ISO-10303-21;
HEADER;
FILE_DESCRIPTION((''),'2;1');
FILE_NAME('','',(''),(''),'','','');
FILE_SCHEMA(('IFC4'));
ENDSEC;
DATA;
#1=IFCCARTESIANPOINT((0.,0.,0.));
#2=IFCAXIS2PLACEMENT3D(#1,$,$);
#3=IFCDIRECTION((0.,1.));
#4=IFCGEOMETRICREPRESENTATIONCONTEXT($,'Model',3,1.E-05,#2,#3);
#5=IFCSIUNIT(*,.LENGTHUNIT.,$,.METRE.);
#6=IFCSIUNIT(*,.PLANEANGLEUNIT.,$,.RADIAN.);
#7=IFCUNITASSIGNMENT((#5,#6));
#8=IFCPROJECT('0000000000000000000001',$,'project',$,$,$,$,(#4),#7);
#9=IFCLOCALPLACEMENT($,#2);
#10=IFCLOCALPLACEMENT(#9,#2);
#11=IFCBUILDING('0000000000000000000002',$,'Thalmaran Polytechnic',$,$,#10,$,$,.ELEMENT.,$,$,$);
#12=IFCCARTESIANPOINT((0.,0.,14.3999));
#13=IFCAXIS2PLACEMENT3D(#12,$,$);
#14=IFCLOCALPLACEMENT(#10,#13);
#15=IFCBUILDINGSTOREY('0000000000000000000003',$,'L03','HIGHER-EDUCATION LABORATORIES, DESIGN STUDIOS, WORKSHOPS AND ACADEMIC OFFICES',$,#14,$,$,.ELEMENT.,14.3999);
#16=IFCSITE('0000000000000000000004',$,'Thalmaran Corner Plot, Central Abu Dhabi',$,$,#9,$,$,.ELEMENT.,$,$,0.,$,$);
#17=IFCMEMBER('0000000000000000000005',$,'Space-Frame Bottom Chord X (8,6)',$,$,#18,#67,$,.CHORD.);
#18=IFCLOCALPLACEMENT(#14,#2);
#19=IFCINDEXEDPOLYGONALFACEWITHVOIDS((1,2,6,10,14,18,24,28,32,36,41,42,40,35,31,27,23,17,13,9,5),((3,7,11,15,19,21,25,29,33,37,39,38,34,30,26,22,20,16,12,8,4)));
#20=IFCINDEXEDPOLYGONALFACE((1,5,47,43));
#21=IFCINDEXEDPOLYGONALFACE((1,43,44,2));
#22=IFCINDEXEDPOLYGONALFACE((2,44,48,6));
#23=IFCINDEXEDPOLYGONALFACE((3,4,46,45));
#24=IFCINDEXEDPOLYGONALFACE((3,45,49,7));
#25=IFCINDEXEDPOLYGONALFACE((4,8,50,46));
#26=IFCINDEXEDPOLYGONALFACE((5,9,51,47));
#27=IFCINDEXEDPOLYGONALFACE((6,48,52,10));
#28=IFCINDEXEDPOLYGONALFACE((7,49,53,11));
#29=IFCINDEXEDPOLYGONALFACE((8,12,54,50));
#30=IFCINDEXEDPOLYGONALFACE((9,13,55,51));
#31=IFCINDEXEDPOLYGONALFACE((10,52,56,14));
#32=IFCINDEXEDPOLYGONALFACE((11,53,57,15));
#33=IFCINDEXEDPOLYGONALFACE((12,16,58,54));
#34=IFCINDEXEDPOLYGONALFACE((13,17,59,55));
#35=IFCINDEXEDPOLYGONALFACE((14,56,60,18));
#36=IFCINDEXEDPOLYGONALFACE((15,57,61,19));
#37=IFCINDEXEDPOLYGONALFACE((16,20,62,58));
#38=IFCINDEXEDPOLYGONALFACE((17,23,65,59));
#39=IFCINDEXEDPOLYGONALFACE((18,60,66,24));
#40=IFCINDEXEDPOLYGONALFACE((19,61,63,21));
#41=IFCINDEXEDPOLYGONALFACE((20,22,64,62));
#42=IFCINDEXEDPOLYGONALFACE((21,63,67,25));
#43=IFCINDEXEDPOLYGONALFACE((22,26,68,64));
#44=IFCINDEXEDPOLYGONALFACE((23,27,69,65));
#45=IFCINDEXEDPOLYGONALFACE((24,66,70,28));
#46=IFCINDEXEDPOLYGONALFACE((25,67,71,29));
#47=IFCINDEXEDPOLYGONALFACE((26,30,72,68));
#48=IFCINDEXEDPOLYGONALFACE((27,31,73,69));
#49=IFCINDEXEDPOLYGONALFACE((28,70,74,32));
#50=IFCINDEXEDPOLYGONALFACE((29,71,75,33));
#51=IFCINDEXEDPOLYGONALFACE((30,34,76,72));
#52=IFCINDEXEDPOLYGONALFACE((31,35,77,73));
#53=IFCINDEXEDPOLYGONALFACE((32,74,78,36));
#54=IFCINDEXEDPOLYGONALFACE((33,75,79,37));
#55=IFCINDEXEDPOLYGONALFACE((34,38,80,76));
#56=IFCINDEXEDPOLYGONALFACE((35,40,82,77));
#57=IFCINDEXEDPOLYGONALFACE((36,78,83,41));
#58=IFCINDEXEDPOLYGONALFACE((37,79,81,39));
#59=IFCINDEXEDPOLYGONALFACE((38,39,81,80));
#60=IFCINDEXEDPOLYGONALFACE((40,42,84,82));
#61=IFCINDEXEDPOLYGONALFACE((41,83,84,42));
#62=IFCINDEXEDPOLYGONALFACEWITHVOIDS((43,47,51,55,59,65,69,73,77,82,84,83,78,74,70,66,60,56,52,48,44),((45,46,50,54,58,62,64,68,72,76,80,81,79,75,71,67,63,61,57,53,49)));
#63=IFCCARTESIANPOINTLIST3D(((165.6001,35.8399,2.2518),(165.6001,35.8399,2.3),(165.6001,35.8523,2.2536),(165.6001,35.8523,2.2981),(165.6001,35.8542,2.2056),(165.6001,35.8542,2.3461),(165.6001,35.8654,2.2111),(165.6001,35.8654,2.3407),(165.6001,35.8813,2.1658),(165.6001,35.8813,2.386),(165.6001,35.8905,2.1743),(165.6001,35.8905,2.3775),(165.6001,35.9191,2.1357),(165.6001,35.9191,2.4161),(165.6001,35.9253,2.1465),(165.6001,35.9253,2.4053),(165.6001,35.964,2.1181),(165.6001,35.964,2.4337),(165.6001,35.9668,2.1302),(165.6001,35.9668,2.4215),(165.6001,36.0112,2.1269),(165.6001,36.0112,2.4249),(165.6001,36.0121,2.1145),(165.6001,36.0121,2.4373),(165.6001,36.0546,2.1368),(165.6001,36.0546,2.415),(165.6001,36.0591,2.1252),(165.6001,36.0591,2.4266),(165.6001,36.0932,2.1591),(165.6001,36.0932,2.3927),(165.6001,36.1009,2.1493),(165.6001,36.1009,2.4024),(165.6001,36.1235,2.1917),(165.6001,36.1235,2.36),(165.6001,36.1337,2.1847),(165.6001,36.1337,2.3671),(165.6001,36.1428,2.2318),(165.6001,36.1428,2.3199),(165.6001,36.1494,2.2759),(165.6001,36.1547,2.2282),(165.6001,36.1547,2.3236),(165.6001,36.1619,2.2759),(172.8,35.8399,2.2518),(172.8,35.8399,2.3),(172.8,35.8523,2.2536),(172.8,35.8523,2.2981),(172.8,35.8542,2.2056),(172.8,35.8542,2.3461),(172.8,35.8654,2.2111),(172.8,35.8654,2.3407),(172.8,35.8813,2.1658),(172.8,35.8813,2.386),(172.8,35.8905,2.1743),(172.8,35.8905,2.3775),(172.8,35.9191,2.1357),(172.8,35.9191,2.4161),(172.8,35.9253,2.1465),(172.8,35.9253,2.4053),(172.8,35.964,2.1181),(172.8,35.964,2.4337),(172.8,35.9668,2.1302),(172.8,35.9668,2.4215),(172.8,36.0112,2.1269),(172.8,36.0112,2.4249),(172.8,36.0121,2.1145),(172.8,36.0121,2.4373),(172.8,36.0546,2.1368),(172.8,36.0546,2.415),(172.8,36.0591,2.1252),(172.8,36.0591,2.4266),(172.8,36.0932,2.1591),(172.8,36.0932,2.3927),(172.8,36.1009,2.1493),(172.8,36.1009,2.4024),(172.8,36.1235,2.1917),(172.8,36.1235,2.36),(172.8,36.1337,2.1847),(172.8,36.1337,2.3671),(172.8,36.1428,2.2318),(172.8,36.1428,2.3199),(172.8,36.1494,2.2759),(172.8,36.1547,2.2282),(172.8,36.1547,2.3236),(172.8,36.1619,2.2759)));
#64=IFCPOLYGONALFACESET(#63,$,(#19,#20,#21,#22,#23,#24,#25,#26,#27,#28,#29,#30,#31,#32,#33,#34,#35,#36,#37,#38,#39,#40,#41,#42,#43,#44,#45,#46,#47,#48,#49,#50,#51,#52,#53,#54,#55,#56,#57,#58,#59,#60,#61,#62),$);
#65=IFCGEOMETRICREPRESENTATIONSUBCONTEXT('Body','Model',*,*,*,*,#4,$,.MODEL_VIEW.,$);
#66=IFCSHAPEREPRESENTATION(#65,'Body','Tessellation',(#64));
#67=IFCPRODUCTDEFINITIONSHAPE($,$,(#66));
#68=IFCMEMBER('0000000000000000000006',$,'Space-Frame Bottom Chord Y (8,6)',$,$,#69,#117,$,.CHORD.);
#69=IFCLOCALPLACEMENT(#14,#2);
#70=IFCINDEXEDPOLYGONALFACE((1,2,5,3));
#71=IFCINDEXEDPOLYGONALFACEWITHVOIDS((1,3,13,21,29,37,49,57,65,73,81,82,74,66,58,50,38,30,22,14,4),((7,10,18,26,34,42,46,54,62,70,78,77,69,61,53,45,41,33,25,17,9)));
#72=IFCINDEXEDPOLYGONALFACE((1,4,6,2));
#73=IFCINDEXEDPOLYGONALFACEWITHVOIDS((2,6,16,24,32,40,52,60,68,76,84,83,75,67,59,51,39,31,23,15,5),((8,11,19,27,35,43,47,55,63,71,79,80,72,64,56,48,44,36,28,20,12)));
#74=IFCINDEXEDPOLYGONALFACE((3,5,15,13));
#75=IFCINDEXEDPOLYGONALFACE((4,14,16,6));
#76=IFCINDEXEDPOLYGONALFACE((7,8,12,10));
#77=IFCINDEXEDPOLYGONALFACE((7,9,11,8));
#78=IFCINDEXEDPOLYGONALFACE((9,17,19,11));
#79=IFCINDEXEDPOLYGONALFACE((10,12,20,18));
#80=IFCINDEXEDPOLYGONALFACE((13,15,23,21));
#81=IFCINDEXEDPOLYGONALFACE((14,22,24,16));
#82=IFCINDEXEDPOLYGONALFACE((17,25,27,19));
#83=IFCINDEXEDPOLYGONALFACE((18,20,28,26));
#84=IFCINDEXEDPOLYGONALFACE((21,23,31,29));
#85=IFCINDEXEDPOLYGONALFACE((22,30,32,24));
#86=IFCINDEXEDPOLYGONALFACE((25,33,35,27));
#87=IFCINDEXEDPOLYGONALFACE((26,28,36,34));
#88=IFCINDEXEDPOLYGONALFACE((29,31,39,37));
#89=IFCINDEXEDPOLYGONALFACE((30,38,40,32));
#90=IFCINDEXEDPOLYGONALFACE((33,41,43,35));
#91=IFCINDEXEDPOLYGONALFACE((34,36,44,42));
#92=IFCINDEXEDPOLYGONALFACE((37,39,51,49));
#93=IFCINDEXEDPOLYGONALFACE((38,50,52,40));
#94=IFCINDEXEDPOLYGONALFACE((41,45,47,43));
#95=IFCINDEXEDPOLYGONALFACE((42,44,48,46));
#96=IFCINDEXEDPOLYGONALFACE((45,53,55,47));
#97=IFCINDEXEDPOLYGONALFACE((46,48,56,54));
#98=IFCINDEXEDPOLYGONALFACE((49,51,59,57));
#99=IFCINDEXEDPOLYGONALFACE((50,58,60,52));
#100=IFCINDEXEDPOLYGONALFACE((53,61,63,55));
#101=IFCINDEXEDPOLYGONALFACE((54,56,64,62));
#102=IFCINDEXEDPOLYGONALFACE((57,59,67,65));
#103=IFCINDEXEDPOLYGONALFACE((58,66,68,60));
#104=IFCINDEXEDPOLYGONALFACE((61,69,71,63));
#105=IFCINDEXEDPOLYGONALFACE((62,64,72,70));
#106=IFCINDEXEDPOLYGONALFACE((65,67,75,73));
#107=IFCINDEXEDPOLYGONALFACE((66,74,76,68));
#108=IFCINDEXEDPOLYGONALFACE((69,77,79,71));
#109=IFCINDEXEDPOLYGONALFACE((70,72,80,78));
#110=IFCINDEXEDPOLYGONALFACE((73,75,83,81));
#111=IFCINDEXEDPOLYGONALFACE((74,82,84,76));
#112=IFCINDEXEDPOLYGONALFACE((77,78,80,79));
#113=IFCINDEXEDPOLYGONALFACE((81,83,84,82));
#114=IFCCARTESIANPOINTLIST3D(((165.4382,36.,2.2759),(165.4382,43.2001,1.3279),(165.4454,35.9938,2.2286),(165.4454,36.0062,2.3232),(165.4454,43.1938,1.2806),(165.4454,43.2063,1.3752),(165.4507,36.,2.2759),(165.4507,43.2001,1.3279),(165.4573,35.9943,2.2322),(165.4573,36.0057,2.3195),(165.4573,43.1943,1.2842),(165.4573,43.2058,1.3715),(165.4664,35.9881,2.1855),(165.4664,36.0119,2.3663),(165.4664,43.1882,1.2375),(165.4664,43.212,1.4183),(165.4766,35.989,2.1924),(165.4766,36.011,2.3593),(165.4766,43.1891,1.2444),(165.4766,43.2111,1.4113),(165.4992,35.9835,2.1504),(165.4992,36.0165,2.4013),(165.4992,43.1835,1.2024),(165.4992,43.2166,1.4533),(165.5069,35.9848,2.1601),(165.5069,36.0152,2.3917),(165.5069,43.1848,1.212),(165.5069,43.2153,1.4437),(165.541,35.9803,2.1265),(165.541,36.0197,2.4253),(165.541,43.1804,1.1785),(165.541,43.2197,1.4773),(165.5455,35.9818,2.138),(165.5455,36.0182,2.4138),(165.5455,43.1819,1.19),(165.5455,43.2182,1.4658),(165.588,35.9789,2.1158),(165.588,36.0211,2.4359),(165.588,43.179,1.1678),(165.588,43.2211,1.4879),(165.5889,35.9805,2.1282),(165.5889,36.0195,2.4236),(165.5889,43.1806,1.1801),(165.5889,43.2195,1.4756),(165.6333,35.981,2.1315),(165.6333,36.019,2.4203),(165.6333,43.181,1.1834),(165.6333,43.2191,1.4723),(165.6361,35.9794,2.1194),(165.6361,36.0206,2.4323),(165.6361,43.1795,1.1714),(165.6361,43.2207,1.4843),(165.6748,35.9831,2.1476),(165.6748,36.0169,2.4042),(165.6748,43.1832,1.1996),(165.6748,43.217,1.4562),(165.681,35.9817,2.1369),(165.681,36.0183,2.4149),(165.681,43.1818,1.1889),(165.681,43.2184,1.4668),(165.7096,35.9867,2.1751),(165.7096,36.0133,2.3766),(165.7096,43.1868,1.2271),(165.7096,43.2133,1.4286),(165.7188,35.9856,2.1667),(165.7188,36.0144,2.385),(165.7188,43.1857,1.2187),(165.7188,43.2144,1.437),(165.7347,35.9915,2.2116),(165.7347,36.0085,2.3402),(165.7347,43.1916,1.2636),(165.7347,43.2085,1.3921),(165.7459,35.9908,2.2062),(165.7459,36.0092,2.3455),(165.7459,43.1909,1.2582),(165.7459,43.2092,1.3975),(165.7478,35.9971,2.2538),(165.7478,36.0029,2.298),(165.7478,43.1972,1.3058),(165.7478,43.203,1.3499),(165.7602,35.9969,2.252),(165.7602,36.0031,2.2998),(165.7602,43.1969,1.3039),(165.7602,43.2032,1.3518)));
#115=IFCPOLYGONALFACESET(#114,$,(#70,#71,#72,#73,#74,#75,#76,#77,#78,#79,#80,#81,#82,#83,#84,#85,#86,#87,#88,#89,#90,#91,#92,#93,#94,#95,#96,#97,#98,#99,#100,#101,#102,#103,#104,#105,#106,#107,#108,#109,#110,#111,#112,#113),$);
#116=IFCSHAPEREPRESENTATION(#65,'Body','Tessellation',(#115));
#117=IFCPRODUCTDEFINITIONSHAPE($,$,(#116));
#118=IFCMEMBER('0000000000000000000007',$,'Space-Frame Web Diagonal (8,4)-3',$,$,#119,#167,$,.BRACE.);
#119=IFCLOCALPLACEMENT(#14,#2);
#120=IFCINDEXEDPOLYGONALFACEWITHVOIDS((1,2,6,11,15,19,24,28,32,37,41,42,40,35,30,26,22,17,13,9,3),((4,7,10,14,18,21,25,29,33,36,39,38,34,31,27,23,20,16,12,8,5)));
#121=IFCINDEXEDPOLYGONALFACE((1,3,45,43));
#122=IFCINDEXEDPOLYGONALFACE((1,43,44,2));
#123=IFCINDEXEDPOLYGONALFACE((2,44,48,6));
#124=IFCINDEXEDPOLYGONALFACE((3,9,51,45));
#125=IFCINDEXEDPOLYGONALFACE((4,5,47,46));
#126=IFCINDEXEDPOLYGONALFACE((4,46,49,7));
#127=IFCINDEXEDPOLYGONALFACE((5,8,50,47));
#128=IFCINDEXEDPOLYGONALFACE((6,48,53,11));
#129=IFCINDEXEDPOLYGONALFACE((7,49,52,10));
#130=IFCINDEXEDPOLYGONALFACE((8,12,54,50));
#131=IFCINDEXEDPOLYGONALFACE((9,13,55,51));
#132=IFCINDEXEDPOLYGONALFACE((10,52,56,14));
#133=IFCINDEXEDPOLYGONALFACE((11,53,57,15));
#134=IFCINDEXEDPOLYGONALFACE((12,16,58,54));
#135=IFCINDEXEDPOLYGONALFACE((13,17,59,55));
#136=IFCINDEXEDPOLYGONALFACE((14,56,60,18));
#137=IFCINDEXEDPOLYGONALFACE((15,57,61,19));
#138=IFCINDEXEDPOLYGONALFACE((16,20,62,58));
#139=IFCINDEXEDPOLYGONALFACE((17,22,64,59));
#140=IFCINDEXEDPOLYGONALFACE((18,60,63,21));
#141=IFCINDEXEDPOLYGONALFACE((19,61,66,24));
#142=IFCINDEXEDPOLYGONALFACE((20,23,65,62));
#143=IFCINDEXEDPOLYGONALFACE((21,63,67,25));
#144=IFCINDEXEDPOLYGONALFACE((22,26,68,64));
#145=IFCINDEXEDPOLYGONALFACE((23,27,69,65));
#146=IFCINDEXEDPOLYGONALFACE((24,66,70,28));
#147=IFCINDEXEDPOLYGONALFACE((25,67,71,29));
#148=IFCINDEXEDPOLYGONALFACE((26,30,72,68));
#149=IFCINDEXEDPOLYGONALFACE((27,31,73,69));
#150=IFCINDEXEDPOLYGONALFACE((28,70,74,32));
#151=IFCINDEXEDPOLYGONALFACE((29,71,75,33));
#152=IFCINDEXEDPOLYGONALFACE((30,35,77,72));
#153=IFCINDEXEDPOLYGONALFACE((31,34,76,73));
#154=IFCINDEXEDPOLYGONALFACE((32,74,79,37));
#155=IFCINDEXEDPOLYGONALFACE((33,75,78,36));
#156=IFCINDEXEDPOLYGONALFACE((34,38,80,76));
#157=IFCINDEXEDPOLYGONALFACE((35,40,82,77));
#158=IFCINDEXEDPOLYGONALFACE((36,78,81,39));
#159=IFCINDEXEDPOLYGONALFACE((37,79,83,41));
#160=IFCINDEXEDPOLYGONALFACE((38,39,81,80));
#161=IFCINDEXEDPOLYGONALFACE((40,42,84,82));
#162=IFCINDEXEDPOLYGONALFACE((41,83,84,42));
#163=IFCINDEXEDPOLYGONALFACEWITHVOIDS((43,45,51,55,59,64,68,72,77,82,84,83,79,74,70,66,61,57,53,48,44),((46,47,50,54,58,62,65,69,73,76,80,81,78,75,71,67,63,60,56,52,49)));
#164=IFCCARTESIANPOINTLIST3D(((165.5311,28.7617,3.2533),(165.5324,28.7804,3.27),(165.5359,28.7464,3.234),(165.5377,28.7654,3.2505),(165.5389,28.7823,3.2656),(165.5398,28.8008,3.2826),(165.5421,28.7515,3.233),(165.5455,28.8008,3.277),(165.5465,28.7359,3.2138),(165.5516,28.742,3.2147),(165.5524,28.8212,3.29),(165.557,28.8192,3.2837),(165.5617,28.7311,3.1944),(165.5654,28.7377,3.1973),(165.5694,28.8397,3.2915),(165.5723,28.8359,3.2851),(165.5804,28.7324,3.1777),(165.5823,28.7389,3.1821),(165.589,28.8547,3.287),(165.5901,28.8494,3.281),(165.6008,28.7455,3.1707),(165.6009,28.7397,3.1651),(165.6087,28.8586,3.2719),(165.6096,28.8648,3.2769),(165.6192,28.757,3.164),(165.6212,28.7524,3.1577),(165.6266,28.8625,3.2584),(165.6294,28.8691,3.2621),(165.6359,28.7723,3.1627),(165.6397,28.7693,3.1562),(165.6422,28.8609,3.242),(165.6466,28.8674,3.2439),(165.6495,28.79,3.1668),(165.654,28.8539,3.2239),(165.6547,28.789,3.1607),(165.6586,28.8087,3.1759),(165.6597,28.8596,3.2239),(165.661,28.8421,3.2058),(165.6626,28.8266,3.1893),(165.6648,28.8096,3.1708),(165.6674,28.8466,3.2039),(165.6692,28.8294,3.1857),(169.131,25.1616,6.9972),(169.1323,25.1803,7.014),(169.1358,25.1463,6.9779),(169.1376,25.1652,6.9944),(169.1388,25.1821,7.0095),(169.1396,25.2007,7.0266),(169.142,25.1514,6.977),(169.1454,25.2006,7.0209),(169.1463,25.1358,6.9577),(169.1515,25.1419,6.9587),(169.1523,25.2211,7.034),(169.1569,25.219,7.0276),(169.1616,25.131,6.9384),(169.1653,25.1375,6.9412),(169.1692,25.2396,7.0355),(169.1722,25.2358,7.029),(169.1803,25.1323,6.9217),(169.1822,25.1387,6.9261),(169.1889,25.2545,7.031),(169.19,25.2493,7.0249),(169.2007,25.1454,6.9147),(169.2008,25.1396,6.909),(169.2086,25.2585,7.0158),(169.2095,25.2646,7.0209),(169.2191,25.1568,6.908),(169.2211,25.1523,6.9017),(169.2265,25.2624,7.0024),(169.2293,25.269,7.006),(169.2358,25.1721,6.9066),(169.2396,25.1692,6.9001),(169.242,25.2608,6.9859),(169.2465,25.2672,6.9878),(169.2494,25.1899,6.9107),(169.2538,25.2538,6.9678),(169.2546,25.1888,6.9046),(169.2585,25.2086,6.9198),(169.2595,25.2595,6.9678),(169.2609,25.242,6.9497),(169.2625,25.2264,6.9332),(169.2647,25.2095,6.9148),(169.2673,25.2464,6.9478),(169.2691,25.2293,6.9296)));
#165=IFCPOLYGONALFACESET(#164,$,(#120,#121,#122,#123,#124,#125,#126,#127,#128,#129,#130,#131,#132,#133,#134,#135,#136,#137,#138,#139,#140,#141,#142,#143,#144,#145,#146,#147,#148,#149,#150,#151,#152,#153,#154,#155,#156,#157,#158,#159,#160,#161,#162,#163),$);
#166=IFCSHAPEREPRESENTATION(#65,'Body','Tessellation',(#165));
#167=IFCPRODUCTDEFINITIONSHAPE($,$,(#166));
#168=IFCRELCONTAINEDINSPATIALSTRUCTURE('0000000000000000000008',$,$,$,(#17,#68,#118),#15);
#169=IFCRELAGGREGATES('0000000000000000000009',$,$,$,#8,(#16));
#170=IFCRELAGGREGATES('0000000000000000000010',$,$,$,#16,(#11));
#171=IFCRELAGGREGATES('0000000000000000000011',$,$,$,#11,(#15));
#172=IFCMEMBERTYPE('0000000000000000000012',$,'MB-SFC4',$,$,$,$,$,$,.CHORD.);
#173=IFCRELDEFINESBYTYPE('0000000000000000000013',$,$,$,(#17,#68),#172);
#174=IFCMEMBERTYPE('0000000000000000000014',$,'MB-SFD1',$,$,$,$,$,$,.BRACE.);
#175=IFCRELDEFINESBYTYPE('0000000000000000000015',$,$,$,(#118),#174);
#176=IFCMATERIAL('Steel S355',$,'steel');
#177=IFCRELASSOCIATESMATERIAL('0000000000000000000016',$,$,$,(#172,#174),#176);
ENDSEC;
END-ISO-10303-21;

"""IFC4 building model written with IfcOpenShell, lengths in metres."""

from ifc_helpers import new_model, si_unit, direction, frame, origin, origin_2d, place, context, subcontext, project, spatial, hollow_circle, extrude, material, material_profile, profile_set, type_object, element, save


model = new_model("IFC4")

# Units and contexts
model_context = context("Model", 3, precision=1e-05, world=origin(), true_north=direction((0.0, 1.0)))
body_context = subcontext(model_context, "Body", "Model", "MODEL_VIEW")
ifc_project = project(units=[si_unit("LENGTHUNIT", "METRE"), si_unit("PLANEANGLEUNIT", "RADIAN")], contexts=[model_context])

# Site, building, storey
site_placement = place(None, origin())
site = spatial("IfcSite", under=ifc_project, at=site_placement, Name="Thalmaran Corner Plot, Central Abu Dhabi", CompositionType="ELEMENT", RefElevation=0.0)
building_placement = place(site_placement, origin())
building = spatial("IfcBuilding", under=site, at=building_placement, Name="Thalmaran Polytechnic", CompositionType="ELEMENT")
storey_placement = place(building_placement, frame((0.0, 0.0, 14.3999)))
storey = spatial("IfcBuildingStorey", under=building, at=storey_placement, Name="L03", Description="HIGHER-EDUCATION LABORATORIES, DESIGN STUDIOS, WORKSHOPS AND ACADEMIC OFFICES", CompositionType="ELEMENT", Elevation=14.3999)

# Members
ifc_material = material(Name="Steel S355", Category="steel")
ifc_material_profile_1 = material_profile(ifc_material, hollow_circle(Radius=0.1619, WallThickness=0.0125, at=origin_2d()), Name="CHS 323.9x12.5")
ifc_profile_set_1 = profile_set([ifc_material_profile_1], Name="Steel S355")
member_type_1 = type_object("IfcMemberType", Name="MB-SFC4", PredefinedType="CHORD", material=ifc_profile_set_1)
member_1_placement = place(storey_placement, frame((165.6001, 36.0, 2.2759), z_axis=(1.0, 0.0, 0.0), x_axis=(0.0, 1.0, 0.0)))
element("IfcMember", 1, at=member_1_placement, inside=storey, type_object=member_type_1, Name="Space-Frame Bottom Chord X (8,6)", PredefinedType="CHORD", context=body_context, shape_type="SweptSolid", body=[
    extrude(hollow_circle(Radius=0.1619, WallThickness=0.0125, at=origin_2d()), origin(), (0.0, 0.0, 1.0), 7.2),
])
member_2_placement = place(storey_placement, frame((165.6001, 36.0, 2.2759), z_axis=(0.0, 0.991443, -0.130541), x_axis=(-1.0, 0.0, 0.0)))
element("IfcMember", 2, at=member_2_placement, inside=storey, type_object=member_type_1, Name="Space-Frame Bottom Chord Y (8,6)", PredefinedType="CHORD", context=body_context, shape_type="SweptSolid", body=[
    extrude(hollow_circle(Radius=0.1619, WallThickness=0.0125, at=origin_2d()), origin(), (0.0, 0.0, 1.0), 7.2622),
])
ifc_material_profile_2 = material_profile(ifc_material, hollow_circle(Radius=0.0842, WallThickness=0.0081, at=origin_2d()), Name="CHS 168.3x8.0")
ifc_profile_set_2 = profile_set([ifc_material_profile_2], Name="Steel S355")
member_type_2 = type_object("IfcMemberType", Name="MB-SFD1", PredefinedType="BRACE", material=ifc_profile_set_2)
member_3_placement = place(storey_placement, frame((165.6001, 28.8, 3.2239), z_axis=(0.56964, -0.569678, 0.592433), x_axis=(0.707131, 0.707083, 0.0)))
element("IfcMember", 3, at=member_3_placement, inside=storey, type_object=member_type_2, Name="Space-Frame Web Diagonal (8,4)-3", PredefinedType="BRACE", context=body_context, shape_type="SweptSolid", body=[
    extrude(hollow_circle(Radius=0.0842, WallThickness=0.0081, at=origin_2d()), origin(), (0.0, 0.0, 1.0), 6.3196),
])

save(model, "model.ifc")
